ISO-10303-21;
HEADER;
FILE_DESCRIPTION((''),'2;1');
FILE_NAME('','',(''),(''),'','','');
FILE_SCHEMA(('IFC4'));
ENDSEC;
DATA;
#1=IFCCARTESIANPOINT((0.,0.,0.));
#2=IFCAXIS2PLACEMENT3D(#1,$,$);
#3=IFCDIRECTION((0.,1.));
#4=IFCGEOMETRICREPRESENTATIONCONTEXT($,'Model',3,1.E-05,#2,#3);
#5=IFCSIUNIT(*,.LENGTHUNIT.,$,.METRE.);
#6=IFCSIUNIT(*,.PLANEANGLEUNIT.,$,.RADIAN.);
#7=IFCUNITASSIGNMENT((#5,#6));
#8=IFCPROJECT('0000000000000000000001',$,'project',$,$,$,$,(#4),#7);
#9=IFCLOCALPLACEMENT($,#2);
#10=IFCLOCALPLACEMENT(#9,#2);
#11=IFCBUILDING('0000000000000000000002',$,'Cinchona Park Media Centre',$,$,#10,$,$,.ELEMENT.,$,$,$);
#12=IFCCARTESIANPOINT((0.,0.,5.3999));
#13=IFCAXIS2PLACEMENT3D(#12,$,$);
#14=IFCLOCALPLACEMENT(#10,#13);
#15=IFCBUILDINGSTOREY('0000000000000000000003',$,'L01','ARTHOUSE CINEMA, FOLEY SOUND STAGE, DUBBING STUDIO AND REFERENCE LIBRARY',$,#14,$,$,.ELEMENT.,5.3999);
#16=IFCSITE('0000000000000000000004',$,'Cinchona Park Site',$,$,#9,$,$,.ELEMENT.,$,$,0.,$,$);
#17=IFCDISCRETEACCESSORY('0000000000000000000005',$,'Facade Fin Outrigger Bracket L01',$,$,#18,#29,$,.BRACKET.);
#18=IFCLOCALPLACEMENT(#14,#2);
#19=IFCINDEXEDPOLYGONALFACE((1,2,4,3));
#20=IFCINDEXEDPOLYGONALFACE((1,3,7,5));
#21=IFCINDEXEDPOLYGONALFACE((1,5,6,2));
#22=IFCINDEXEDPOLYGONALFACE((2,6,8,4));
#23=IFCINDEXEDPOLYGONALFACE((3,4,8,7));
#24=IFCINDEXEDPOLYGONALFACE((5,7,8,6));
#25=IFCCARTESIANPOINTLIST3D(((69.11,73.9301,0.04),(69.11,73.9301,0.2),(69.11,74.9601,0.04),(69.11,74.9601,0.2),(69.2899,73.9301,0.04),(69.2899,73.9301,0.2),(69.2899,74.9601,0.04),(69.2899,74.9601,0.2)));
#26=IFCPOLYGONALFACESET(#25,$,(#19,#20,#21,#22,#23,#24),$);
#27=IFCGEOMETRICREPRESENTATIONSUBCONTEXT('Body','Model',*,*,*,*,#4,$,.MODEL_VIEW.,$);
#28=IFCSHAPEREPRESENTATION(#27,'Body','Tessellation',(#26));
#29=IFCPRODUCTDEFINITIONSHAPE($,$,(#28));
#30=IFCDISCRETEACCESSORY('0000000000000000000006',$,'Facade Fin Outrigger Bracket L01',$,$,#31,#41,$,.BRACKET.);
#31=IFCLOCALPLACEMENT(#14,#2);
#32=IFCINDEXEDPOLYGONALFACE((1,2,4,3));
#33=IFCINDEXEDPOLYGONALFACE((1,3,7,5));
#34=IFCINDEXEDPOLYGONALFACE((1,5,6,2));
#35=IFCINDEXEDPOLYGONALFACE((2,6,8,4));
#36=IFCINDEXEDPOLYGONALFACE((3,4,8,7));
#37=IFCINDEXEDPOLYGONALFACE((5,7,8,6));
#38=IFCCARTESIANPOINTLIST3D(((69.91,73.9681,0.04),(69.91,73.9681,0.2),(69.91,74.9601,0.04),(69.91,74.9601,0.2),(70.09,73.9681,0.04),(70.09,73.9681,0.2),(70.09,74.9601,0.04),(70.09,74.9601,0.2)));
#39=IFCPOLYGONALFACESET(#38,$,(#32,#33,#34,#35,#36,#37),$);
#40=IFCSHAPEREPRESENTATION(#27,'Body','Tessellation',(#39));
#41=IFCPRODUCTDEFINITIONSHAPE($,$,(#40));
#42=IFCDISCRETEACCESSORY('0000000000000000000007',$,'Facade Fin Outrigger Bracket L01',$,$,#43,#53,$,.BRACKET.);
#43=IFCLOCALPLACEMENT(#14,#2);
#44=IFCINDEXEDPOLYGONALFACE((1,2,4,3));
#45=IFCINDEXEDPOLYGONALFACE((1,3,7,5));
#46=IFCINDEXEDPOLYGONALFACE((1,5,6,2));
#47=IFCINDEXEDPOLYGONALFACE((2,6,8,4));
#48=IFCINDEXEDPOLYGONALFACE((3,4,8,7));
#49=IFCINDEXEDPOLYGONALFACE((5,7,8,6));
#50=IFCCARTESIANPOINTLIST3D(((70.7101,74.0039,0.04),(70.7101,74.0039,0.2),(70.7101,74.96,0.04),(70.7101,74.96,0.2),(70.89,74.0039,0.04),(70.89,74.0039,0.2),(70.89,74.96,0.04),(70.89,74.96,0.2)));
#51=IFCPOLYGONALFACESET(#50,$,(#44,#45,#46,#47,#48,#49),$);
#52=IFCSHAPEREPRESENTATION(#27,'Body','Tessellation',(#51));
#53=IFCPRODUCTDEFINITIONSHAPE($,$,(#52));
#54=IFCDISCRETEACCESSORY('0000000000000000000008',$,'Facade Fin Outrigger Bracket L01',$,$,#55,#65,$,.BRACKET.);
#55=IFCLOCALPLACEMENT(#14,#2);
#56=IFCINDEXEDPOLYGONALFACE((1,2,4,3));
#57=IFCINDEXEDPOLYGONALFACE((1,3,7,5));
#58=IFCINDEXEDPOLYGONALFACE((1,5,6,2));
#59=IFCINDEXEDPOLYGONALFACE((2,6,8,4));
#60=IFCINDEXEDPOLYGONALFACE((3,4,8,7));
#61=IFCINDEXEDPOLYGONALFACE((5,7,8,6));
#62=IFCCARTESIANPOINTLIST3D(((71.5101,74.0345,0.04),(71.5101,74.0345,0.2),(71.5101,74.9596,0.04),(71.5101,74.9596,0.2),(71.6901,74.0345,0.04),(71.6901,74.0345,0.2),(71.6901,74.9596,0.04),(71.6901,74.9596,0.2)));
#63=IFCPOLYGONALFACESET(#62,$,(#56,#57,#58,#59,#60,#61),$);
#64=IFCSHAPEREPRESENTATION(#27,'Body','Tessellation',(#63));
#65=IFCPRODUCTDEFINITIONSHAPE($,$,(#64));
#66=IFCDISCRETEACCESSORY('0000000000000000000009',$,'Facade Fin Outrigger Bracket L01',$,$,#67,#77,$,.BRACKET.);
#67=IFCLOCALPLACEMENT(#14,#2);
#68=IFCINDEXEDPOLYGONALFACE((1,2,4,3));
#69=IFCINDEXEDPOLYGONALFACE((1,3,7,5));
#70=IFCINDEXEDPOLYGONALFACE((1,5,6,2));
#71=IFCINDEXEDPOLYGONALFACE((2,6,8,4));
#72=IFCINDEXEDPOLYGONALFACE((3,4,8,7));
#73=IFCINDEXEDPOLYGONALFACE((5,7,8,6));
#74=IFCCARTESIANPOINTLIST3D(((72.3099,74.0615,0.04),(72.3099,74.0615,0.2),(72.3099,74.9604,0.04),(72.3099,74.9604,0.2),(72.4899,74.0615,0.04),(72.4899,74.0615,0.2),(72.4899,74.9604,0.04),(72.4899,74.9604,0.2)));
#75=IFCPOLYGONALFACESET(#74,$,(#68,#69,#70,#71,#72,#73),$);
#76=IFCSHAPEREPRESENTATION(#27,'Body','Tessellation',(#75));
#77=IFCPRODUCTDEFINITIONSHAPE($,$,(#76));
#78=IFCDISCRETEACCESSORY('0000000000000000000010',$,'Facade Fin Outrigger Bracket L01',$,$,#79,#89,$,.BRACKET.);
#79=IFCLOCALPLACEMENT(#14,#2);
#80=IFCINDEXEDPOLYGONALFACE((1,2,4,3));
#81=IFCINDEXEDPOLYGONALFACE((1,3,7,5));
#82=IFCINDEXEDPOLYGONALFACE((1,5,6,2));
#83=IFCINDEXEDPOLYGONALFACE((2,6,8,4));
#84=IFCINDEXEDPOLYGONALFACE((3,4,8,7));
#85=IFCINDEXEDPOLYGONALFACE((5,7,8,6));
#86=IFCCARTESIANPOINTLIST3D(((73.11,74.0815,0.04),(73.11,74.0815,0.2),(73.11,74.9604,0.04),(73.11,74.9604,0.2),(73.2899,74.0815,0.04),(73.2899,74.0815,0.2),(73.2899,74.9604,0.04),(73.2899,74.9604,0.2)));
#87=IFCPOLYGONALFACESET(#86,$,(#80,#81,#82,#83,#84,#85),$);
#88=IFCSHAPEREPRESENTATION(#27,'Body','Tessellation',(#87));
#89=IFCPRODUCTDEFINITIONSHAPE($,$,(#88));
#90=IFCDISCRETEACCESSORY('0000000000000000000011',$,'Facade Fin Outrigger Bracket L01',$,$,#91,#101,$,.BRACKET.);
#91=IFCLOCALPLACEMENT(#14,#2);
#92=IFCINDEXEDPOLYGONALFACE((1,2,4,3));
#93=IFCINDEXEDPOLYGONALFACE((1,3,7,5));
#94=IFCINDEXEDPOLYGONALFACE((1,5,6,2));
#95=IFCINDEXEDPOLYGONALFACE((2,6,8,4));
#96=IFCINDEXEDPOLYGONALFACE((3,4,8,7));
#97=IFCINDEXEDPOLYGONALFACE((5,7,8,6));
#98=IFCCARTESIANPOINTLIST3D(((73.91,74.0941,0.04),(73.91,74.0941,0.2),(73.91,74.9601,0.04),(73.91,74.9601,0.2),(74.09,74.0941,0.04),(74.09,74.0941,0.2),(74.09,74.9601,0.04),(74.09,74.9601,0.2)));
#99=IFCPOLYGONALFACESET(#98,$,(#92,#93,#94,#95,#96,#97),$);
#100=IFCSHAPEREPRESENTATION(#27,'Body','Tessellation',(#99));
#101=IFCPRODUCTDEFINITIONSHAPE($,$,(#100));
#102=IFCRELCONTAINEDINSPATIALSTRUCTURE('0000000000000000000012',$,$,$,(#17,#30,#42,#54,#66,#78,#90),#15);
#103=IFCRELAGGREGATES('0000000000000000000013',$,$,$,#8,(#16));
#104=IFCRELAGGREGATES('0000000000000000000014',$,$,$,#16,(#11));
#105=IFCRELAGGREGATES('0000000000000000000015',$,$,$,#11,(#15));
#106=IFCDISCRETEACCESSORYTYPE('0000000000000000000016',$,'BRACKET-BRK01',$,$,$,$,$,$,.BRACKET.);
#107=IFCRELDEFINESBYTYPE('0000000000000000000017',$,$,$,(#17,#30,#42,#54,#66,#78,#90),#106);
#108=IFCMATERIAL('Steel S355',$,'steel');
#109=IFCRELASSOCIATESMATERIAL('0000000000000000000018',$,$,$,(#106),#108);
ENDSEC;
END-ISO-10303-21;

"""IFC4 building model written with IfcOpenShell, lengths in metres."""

from ifc_helpers import new_model, si_unit, direction, frame, origin, origin_2d, place, context, subcontext, project, spatial, rectangle, extrude, material, type_object, element, save


model = new_model("IFC4")

# Units and contexts
model_context = context("Model", 3, precision=1e-05, world=origin(), true_north=direction((0.0, 1.0)))
body_context = subcontext(model_context, "Body", "Model", "MODEL_VIEW")
ifc_project = project(units=[si_unit("LENGTHUNIT", "METRE"), si_unit("PLANEANGLEUNIT", "RADIAN")], contexts=[model_context])

# Site, building, storey
site_placement = place(None, origin())
site = spatial("IfcSite", under=ifc_project, at=site_placement, Name="Cinchona Park Site", CompositionType="ELEMENT", RefElevation=0.0)
building_placement = place(site_placement, origin())
building = spatial("IfcBuilding", under=site, at=building_placement, Name="Cinchona Park Media Centre", CompositionType="ELEMENT")
storey_placement = place(building_placement, frame((0.0, 0.0, 5.3999)))
storey = spatial("IfcBuildingStorey", under=building, at=storey_placement, Name="L01", Description="ARTHOUSE CINEMA, FOLEY SOUND STAGE, DUBBING STUDIO AND REFERENCE LIBRARY", CompositionType="ELEMENT", Elevation=5.3999)

# Discrete accessories
ifc_material_1 = material(Name="Steel S355", Category="steel")
discrete_accessory_type = type_object("IfcDiscreteAccessoryType", Name="BRACKET-BRK01", PredefinedType="BRACKET", material=ifc_material_1)
discrete_accessory_1_placement = place(storey_placement, frame((69.2, 74.4451, 0.04), z_axis=(0.0, 0.0, 1.0), x_axis=(1.0, 0.0, 0.0)))
element("IfcDiscreteAccessory", 1, at=discrete_accessory_1_placement, inside=storey, type_object=discrete_accessory_type, Name="Facade Fin Outrigger Bracket L01", PredefinedType="BRACKET", context=body_context, shape_type="SweptSolid", body=[
    extrude(rectangle(XDim=0.1799, YDim=1.03, at=origin_2d()), origin(), (0.0, 0.0, 1.0), 0.1599),
])
discrete_accessory_2_placement = place(storey_placement, frame((70.0, 74.4641, 0.04), z_axis=(0.0, 0.0, 1.0), x_axis=(1.0, 0.0, 0.0)))
element("IfcDiscreteAccessory", 2, at=discrete_accessory_2_placement, inside=storey, type_object=discrete_accessory_type, Name="Facade Fin Outrigger Bracket L01", PredefinedType="BRACKET", context=body_context, shape_type="SweptSolid", body=[
    extrude(rectangle(XDim=0.1799, YDim=0.9919, at=origin_2d()), origin(), (0.0, 0.0, 1.0), 0.1599),
])
discrete_accessory_3_placement = place(storey_placement, frame((70.8, 74.4819, 0.04), z_axis=(0.0, 0.0, 1.0), x_axis=(1.0, 0.0, 0.0)))
element("IfcDiscreteAccessory", 3, at=discrete_accessory_3_placement, inside=storey, type_object=discrete_accessory_type, Name="Facade Fin Outrigger Bracket L01", PredefinedType="BRACKET", context=body_context, shape_type="SweptSolid", body=[
    extrude(rectangle(XDim=0.1799, YDim=0.9561, at=origin_2d()), origin(), (0.0, 0.0, 1.0), 0.1599),
])
discrete_accessory_4_placement = place(storey_placement, frame((71.6001, 74.4971, 0.04), z_axis=(0.0, 0.0, 1.0), x_axis=(1.0, 0.0, 0.0)))
element("IfcDiscreteAccessory", 4, at=discrete_accessory_4_placement, inside=storey, type_object=discrete_accessory_type, Name="Facade Fin Outrigger Bracket L01", PredefinedType="BRACKET", context=body_context, shape_type="SweptSolid", body=[
    extrude(rectangle(XDim=0.1799, YDim=0.925, at=origin_2d()), origin(), (0.0, 0.0, 1.0), 0.1599),
])
discrete_accessory_5_placement = place(storey_placement, frame((72.3999, 74.511, 0.04), z_axis=(0.0, 0.0, 1.0), x_axis=(1.0, 0.0, 0.0)))
element("IfcDiscreteAccessory", 5, at=discrete_accessory_5_placement, inside=storey, type_object=discrete_accessory_type, Name="Facade Fin Outrigger Bracket L01", PredefinedType="BRACKET", context=body_context, shape_type="SweptSolid", body=[
    extrude(rectangle(XDim=0.1799, YDim=0.8989, at=origin_2d()), origin(), (0.0, 0.0, 1.0), 0.1599),
])
discrete_accessory_6_placement = place(storey_placement, frame((73.2, 74.521, 0.04), z_axis=(0.0, 0.0, 1.0), x_axis=(1.0, 0.0, 0.0)))
element("IfcDiscreteAccessory", 6, at=discrete_accessory_6_placement, inside=storey, type_object=discrete_accessory_type, Name="Facade Fin Outrigger Bracket L01", PredefinedType="BRACKET", context=body_context, shape_type="SweptSolid", body=[
    extrude(rectangle(XDim=0.1799, YDim=0.8789, at=origin_2d()), origin(), (0.0, 0.0, 1.0), 0.1599),
])
discrete_accessory_7_placement = place(storey_placement, frame((74.0, 74.5271, 0.04), z_axis=(0.0, 0.0, 1.0), x_axis=(1.0, 0.0, 0.0)))
element("IfcDiscreteAccessory", 7, at=discrete_accessory_7_placement, inside=storey, type_object=discrete_accessory_type, Name="Facade Fin Outrigger Bracket L01", PredefinedType="BRACKET", context=body_context, shape_type="SweptSolid", body=[
    extrude(rectangle(XDim=0.1799, YDim=0.866, at=origin_2d()), origin(), (0.0, 0.0, 1.0), 0.1599),
])

save(model, "model.ifc")
